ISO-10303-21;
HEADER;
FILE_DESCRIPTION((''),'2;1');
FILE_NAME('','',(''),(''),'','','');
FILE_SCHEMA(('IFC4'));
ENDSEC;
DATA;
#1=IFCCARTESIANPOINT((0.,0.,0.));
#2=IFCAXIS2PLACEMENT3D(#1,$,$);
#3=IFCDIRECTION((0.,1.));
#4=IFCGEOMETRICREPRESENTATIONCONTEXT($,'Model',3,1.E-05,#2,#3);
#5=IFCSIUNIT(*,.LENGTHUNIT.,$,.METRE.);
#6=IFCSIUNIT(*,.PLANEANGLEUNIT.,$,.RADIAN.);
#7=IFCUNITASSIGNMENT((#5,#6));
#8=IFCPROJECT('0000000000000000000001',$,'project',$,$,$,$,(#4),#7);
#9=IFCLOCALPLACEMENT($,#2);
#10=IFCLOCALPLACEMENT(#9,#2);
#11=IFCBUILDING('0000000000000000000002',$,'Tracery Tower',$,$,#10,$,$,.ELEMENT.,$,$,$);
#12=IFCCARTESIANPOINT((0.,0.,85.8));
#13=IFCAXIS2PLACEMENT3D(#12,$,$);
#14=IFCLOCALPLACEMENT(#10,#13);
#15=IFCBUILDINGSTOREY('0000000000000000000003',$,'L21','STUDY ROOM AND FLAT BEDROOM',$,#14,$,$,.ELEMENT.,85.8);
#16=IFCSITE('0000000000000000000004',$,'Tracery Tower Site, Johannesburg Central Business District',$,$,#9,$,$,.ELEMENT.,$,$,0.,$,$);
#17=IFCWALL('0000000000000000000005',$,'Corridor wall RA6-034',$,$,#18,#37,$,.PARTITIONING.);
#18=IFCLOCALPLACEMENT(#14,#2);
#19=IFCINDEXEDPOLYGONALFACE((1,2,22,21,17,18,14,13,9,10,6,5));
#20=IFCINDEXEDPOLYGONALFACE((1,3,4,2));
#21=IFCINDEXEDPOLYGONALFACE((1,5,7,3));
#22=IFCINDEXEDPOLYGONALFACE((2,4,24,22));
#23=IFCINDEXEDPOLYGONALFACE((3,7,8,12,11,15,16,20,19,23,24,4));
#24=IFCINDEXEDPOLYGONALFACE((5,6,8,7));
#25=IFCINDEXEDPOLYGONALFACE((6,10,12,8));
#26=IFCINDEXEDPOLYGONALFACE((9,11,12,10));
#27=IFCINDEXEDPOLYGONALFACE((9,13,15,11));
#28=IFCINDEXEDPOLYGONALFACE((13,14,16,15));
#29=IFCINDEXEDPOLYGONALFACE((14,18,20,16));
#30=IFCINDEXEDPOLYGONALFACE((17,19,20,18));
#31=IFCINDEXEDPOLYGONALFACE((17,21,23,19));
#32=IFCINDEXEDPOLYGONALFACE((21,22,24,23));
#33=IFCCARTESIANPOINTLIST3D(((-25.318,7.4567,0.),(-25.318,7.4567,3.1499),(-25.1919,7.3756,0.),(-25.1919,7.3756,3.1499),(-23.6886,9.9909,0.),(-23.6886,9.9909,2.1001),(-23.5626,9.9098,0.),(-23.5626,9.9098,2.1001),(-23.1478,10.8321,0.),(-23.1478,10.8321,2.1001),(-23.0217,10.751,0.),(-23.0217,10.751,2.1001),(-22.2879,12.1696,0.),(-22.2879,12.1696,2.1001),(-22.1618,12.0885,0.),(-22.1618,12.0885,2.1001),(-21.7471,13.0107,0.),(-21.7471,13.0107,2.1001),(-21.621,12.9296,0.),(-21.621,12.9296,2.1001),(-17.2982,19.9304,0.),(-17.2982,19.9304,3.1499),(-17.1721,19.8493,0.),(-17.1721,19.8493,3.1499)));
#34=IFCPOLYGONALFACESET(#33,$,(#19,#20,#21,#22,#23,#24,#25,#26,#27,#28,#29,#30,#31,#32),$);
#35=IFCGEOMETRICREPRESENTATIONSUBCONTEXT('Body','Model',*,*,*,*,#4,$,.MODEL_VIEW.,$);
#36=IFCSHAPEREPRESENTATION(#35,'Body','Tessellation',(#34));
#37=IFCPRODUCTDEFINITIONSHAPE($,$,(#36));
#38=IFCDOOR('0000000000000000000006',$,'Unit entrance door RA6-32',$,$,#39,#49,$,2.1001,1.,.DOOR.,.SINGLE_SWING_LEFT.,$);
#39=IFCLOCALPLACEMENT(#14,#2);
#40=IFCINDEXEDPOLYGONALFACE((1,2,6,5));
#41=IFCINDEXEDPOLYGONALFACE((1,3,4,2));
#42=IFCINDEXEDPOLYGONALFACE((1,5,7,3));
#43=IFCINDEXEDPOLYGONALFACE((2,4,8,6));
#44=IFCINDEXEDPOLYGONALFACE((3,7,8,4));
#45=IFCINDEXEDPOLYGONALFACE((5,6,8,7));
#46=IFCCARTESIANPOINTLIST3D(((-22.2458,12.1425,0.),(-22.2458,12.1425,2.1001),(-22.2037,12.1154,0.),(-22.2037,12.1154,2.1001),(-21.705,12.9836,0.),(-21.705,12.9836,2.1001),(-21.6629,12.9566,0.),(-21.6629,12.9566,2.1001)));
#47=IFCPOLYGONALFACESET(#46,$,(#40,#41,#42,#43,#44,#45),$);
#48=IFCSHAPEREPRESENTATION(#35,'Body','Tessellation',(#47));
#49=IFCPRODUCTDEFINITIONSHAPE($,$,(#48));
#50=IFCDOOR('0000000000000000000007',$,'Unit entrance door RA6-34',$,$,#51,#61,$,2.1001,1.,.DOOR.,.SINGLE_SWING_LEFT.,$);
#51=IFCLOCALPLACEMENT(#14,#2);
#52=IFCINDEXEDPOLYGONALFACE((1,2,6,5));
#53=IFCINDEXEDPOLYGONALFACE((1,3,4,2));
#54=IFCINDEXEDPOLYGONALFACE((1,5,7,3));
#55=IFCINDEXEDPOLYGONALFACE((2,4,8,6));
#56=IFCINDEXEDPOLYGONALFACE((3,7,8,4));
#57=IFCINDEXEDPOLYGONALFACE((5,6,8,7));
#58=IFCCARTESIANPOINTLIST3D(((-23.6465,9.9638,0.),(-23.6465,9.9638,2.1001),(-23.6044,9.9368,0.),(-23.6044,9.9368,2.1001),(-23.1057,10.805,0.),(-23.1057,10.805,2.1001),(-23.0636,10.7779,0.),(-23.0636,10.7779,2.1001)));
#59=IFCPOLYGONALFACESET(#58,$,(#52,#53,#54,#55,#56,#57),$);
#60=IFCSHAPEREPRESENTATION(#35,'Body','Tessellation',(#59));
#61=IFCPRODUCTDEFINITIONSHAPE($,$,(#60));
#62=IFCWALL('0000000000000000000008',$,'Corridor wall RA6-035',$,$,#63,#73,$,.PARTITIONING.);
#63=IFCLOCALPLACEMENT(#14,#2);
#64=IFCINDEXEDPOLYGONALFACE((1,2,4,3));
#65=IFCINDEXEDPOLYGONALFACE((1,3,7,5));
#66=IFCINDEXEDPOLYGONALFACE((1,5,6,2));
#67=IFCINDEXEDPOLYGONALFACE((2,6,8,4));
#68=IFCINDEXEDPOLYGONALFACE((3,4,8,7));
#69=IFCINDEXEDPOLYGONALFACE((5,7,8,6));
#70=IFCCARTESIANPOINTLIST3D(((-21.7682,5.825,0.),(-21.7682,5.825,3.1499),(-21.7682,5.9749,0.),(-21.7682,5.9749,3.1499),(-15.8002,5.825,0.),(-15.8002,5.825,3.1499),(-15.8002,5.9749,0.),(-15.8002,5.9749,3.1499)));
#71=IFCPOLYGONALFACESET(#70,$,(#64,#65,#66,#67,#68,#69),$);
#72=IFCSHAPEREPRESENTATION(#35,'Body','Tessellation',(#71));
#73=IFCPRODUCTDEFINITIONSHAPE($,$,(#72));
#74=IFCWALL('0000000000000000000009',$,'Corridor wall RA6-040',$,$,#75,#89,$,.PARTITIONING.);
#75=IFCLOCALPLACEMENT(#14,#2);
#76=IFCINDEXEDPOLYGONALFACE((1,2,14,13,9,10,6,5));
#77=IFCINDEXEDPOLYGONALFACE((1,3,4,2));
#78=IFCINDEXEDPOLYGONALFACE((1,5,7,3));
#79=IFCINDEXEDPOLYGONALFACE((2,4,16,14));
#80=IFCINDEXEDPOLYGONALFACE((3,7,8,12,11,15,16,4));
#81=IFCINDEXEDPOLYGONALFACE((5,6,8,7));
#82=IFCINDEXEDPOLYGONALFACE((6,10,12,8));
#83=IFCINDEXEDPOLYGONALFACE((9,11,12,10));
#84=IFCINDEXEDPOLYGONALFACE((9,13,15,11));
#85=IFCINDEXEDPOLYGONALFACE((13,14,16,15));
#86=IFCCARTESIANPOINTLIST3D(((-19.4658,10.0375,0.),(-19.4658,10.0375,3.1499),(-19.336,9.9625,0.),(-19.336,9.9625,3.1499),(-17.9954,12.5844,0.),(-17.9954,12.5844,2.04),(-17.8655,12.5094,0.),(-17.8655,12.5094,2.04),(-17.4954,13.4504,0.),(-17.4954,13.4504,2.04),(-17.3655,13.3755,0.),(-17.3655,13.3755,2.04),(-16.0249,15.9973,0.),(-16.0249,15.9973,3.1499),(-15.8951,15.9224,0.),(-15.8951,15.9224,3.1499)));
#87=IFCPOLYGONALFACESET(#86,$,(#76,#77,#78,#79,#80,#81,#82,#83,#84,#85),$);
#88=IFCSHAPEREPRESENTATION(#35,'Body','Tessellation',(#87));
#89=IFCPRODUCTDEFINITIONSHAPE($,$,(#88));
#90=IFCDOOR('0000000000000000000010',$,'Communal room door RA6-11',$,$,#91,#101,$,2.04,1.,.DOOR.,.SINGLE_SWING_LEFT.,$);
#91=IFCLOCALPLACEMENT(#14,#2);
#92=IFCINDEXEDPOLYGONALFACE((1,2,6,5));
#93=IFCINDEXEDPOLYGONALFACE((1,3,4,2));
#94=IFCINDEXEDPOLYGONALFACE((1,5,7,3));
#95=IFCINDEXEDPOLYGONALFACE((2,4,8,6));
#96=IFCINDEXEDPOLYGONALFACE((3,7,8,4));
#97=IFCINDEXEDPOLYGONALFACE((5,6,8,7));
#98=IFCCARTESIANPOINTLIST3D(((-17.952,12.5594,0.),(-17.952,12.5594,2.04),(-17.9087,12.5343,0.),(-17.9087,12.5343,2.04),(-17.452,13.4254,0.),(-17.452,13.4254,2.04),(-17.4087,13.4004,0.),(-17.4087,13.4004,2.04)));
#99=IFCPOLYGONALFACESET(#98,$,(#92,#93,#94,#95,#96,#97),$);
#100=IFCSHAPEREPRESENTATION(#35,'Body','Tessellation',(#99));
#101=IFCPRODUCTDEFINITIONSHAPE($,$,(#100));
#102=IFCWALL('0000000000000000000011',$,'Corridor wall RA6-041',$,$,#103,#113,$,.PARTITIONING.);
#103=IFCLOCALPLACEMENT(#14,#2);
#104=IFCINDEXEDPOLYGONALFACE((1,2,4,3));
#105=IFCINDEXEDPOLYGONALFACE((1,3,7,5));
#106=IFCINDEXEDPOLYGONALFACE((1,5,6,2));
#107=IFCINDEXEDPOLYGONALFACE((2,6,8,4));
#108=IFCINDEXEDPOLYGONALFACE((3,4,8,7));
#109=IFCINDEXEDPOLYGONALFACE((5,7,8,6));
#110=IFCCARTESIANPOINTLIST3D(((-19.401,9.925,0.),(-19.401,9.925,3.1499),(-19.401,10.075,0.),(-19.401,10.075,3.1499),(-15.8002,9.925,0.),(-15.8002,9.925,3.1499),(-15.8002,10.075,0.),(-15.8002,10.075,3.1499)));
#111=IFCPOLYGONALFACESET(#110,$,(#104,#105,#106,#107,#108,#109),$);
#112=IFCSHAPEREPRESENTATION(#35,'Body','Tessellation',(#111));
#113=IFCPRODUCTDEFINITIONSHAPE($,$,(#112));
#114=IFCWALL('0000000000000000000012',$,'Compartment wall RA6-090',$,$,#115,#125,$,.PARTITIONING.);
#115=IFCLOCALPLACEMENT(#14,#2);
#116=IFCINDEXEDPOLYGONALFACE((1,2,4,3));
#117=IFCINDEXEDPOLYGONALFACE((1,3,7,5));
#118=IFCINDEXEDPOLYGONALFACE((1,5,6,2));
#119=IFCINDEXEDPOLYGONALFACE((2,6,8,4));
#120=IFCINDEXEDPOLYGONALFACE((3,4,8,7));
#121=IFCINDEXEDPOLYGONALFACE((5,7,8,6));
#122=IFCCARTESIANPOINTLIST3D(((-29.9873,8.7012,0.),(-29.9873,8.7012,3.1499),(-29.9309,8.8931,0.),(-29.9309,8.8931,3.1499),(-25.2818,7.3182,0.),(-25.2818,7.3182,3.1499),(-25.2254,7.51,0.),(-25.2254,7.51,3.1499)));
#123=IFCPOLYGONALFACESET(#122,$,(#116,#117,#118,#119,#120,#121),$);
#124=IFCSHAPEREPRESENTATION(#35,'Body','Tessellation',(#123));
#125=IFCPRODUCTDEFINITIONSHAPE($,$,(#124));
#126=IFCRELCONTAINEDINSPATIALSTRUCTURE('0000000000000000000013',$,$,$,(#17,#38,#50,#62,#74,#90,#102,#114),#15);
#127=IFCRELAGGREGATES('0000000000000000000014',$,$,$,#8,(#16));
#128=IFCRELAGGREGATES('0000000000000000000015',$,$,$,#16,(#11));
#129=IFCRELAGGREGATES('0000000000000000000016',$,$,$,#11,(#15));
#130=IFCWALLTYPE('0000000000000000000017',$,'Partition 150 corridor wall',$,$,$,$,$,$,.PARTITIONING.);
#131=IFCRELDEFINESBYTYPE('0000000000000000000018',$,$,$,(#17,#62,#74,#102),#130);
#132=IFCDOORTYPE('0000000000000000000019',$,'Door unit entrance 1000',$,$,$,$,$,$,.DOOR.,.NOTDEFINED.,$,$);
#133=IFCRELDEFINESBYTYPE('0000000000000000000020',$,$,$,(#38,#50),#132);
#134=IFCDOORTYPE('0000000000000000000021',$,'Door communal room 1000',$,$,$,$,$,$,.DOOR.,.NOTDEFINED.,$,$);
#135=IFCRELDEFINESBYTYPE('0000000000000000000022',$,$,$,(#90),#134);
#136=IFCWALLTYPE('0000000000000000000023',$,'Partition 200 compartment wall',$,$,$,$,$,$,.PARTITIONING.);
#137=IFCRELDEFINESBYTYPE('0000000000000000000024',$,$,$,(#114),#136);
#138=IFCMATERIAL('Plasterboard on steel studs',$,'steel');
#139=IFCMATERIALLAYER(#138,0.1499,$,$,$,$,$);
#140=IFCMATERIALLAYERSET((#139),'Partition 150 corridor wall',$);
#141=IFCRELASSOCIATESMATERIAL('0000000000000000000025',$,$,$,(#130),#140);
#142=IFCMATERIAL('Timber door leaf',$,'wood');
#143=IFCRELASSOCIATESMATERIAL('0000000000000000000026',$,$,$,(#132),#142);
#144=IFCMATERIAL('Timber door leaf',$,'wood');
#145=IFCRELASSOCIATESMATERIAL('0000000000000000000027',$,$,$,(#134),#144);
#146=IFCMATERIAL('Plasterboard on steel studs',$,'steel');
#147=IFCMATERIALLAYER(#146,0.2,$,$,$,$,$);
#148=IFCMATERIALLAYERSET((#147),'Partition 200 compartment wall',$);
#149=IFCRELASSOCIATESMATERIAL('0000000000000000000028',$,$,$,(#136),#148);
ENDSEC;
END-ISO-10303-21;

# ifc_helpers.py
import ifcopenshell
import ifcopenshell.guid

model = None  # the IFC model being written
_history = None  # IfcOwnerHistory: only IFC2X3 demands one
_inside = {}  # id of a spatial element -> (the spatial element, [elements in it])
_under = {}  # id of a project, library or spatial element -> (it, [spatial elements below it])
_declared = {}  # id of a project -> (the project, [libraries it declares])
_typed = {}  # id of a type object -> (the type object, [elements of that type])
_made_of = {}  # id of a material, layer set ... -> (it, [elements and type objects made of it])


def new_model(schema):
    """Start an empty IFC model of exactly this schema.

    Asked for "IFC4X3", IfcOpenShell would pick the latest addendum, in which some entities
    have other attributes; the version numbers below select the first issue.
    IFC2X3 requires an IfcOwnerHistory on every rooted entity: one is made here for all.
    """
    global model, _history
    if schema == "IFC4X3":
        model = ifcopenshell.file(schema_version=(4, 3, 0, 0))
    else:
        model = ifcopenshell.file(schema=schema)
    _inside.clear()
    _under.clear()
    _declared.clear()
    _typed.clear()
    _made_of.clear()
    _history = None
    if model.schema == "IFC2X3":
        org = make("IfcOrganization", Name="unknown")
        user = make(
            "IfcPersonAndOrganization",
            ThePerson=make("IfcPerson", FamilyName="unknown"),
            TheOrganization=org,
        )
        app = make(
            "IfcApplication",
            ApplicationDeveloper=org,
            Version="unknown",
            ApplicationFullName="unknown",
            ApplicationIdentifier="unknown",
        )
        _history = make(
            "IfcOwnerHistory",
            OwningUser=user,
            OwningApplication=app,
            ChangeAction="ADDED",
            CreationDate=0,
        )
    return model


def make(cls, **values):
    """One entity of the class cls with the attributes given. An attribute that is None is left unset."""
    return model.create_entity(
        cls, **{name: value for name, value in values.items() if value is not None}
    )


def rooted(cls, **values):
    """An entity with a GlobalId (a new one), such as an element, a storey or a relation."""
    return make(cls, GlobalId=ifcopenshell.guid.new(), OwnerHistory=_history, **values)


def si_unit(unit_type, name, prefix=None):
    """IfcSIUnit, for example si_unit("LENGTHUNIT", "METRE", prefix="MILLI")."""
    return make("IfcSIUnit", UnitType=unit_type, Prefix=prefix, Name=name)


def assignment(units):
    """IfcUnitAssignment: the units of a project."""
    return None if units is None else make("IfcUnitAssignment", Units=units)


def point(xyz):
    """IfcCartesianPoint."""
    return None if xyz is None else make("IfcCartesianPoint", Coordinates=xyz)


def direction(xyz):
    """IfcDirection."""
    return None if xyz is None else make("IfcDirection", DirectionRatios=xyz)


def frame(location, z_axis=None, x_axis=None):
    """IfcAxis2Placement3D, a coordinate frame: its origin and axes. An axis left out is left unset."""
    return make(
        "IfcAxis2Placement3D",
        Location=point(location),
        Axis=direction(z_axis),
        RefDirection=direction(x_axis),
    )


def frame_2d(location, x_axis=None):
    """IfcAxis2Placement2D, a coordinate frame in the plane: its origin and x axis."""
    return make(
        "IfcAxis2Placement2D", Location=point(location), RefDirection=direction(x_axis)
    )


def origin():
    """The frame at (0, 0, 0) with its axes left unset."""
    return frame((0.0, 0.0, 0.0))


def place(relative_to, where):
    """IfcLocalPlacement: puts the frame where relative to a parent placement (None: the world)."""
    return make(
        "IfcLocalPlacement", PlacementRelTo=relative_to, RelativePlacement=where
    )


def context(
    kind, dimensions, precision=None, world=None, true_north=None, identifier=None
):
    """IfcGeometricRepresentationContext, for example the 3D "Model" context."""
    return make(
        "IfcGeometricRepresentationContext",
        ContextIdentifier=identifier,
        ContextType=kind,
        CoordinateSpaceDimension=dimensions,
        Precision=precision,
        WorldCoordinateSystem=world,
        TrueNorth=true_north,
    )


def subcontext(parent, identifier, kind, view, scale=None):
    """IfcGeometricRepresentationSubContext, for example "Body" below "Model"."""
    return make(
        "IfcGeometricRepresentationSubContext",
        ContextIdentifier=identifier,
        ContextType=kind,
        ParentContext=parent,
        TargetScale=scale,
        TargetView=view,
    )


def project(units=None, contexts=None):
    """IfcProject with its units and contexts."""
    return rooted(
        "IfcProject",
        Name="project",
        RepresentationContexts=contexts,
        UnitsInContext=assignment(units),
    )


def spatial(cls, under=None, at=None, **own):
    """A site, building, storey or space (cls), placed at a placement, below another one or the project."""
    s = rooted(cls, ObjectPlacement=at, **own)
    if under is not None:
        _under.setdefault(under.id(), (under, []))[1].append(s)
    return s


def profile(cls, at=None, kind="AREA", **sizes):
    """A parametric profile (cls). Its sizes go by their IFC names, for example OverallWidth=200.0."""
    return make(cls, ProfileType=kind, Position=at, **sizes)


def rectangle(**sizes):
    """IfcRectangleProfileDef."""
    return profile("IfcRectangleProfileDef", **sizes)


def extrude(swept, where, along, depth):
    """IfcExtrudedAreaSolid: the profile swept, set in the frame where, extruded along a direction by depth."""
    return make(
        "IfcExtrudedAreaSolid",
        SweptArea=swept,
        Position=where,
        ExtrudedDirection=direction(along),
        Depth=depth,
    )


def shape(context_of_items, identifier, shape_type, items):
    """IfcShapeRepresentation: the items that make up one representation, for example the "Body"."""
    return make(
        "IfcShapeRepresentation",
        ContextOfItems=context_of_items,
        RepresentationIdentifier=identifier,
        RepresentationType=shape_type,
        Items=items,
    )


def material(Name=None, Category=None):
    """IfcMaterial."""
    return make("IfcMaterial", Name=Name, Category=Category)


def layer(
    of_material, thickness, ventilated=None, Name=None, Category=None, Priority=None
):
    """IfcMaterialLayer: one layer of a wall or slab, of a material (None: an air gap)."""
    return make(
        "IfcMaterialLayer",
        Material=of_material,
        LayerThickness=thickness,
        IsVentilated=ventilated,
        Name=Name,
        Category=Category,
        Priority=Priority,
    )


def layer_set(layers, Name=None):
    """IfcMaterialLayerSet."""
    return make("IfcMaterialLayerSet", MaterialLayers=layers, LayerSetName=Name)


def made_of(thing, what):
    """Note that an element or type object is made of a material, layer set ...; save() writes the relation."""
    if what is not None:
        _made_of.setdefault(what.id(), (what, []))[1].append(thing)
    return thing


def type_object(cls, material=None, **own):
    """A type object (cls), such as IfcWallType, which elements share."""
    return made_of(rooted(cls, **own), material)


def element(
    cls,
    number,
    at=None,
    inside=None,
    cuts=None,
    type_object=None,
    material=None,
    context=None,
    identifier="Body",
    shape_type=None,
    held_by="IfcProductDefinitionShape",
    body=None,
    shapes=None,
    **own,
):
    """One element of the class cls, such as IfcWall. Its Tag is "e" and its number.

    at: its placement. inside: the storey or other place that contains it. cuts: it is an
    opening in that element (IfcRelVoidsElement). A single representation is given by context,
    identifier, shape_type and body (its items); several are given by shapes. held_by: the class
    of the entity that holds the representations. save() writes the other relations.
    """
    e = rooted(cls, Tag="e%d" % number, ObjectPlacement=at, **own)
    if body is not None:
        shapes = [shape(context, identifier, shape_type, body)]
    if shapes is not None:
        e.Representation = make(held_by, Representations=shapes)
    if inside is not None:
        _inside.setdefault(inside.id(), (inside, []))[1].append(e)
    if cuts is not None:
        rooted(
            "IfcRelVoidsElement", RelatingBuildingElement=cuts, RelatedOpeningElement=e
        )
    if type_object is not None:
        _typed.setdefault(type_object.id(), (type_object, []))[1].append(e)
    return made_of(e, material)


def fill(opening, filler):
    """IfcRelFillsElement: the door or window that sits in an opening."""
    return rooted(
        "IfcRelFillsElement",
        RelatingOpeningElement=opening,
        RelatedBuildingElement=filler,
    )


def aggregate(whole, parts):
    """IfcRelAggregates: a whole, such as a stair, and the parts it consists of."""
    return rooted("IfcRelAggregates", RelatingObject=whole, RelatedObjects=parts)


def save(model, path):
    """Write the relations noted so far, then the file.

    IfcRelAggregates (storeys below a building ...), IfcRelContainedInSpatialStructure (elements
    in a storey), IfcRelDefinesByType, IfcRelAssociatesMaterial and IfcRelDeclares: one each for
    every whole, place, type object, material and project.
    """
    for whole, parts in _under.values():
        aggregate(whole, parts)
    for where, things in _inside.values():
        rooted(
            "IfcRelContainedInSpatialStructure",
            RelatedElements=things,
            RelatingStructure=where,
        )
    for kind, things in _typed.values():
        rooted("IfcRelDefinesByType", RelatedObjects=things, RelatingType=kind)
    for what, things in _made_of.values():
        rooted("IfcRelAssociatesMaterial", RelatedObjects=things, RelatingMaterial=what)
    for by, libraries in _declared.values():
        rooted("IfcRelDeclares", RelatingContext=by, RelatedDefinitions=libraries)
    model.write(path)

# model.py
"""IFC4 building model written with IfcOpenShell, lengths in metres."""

from ifc_helpers import new_model, si_unit, direction, frame, frame_2d, origin, place, context, subcontext, project, spatial, rectangle, extrude, material, layer, layer_set, type_object, element, fill, save


model = new_model("IFC4")

# Units and contexts
model_context = context("Model", 3, precision=1e-05, world=origin(), true_north=direction((0.0, 1.0)))
body_context = subcontext(model_context, "Body", "Model", "MODEL_VIEW")
ifc_project = project(units=[si_unit("LENGTHUNIT", "METRE"), si_unit("PLANEANGLEUNIT", "RADIAN")], contexts=[model_context])

# Site, building, storey
site_placement = place(None, origin())
site = spatial("IfcSite", under=ifc_project, at=site_placement, Name="Tracery Tower Site, Johannesburg Central Business District", CompositionType="ELEMENT", RefElevation=0.0)
building_placement = place(site_placement, origin())
building = spatial("IfcBuilding", under=site, at=building_placement, Name="Tracery Tower", CompositionType="ELEMENT")
storey_placement = place(building_placement, frame((0.0, 0.0, 85.8)))
storey = spatial("IfcBuildingStorey", under=building, at=storey_placement, Name="L21", Description="STUDY ROOM AND FLAT BEDROOM", CompositionType="ELEMENT", Elevation=85.8)

# Shared definitions
ifc_material_1 = material(Name="Plasterboard on steel studs", Category="steel")
ifc_layer_1 = layer(ifc_material_1, 0.1499)
ifc_layer_set_1 = layer_set([ifc_layer_1], Name="Partition 150 corridor wall")
wall_type_1 = type_object("IfcWallType", Name="Partition 150 corridor wall", PredefinedType="PARTITIONING", material=ifc_layer_set_1)

# Wall, openings, doors
wall_1_placement = place(storey_placement, frame((-25.2549, 7.4163, 0.0), z_axis=(0.0, 0.0, 1.0), x_axis=(0.540806, 0.841147, 0.0)))
wall_1 = element("IfcWall", 1, at=wall_1_placement, inside=storey, type_object=wall_type_1, Name="Corridor wall RA6-034", PredefinedType="PARTITIONING", context=body_context, shape_type="SweptSolid", body=[
    extrude(rectangle(XDim=14.8293, YDim=0.1499, at=frame_2d((7.4146, 0.0))), origin(), (0.0, 0.0, 1.0), 3.1499),
])
opening_1_placement = place(wall_1_placement, frame((5.6028, 0.0, 0.0)))
opening_1 = element("IfcOpeningElement", 2, at=opening_1_placement, cuts=wall_1, PredefinedType="OPENING", context=body_context, shape_type="SweptSolid", body=[
    extrude(rectangle(XDim=1.0, YDim=2.1001, at=frame_2d((0.5, 1.05))), frame((0.0, 0.075, 0.0), z_axis=(0.0, -1.0, 0.0), x_axis=(1.0, 0.0, 0.0)), (0.0, 0.0, 1.0), 0.1499),
])
opening_2_placement = place(wall_1_placement, frame((3.0127, 0.0, 0.0)))
opening_2 = element("IfcOpeningElement", 3, at=opening_2_placement, cuts=wall_1, PredefinedType="OPENING", context=body_context, shape_type="SweptSolid", body=[
    extrude(rectangle(XDim=1.0, YDim=2.1001, at=frame_2d((0.5, 1.05))), frame((0.0, 0.075, 0.0), z_axis=(0.0, -1.0, 0.0), x_axis=(1.0, 0.0, 0.0)), (0.0, 0.0, 1.0), 0.1499),
])
ifc_material_2 = material(Name="Timber door leaf", Category="wood")
door_type_1 = type_object("IfcDoorType", Name="Door unit entrance 1000", OperationType="NOTDEFINED", PredefinedType="DOOR", material=ifc_material_2)
door_1_placement = place(opening_1_placement, origin())
door_1 = element("IfcDoor", 4, at=door_1_placement, inside=storey, type_object=door_type_1, Name="Unit entrance door RA6-32", OperationType="SINGLE_SWING_LEFT", OverallHeight=2.1001, OverallWidth=1.0, PredefinedType="DOOR", context=body_context, shape_type="SweptSolid", body=[
    extrude(rectangle(XDim=1.0, YDim=2.1001, at=frame_2d((0.5, 1.05))), frame((0.0, 0.0249, 0.0), z_axis=(0.0, -1.0, 0.0), x_axis=(1.0, 0.0, 0.0)), (0.0, 0.0, 1.0), 0.05),
])
fill(opening_1, door_1)
door_2_placement = place(opening_2_placement, origin())
door_2 = element("IfcDoor", 5, at=door_2_placement, inside=storey, type_object=door_type_1, Name="Unit entrance door RA6-34", OperationType="SINGLE_SWING_LEFT", OverallHeight=2.1001, OverallWidth=1.0, PredefinedType="DOOR", context=body_context, shape_type="SweptSolid", body=[
    extrude(rectangle(XDim=1.0, YDim=2.1001, at=frame_2d((0.5, 1.05))), frame((0.0, 0.0249, 0.0), z_axis=(0.0, -1.0, 0.0), x_axis=(1.0, 0.0, 0.0)), (0.0, 0.0, 1.0), 0.05),
])
fill(opening_2, door_2)

# Wall
wall_2_placement = place(storey_placement, frame((-21.7681, 5.8999, 0.0), z_axis=(0.0, 0.0, 1.0), x_axis=(1.0, 0.0, 0.0)))
element("IfcWall", 6, at=wall_2_placement, inside=storey, type_object=wall_type_1, Name="Corridor wall RA6-035", PredefinedType="PARTITIONING", context=body_context, shape_type="SweptSolid", body=[
    extrude(rectangle(XDim=5.968, YDim=0.1499, at=frame_2d((2.9839, 0.0))), origin(), (0.0, 0.0, 1.0), 3.1499),
])

# Wall, opening, door
wall_3_placement = place(storey_placement, frame((-19.4009, 10.0, 0.0), z_axis=(0.0, 0.0, 1.0), x_axis=(0.499993, 0.86603, 0.0)))
wall_3 = element("IfcWall", 7, at=wall_3_placement, inside=storey, type_object=wall_type_1, Name="Corridor wall RA6-040", PredefinedType="PARTITIONING", context=body_context, shape_type="SweptSolid", body=[
    extrude(rectangle(XDim=6.8818, YDim=0.1499, at=frame_2d((3.4409, 0.0))), origin(), (0.0, 0.0, 1.0), 3.1499),
])
opening_3_placement = place(wall_3_placement, frame((2.9409, 0.0, 0.0)))
opening_3 = element("IfcOpeningElement", 8, at=opening_3_placement, cuts=wall_3, PredefinedType="OPENING", context=body_context, shape_type="SweptSolid", body=[
    extrude(rectangle(XDim=1.0, YDim=2.04, at=frame_2d((0.5, 1.02))), frame((0.0, 0.075, 0.0), z_axis=(0.0, -1.0, 0.0), x_axis=(1.0, 0.0, 0.0)), (0.0, 0.0, 1.0), 0.1499),
])
ifc_material_3 = material(Name="Timber door leaf", Category="wood")
door_type_2 = type_object("IfcDoorType", Name="Door communal room 1000", OperationType="NOTDEFINED", PredefinedType="DOOR", material=ifc_material_3)
door_3_placement = place(opening_3_placement, origin())
door_3 = element("IfcDoor", 9, at=door_3_placement, inside=storey, type_object=door_type_2, Name="Communal room door RA6-11", OperationType="SINGLE_SWING_LEFT", OverallHeight=2.04, OverallWidth=1.0, PredefinedType="DOOR", context=body_context, shape_type="SweptSolid", body=[
    extrude(rectangle(XDim=1.0, YDim=2.04, at=frame_2d((0.5, 1.02))), frame((0.0, 0.0249, 0.0), z_axis=(0.0, -1.0, 0.0), x_axis=(1.0, 0.0, 0.0)), (0.0, 0.0, 1.0), 0.05),
])
fill(opening_3, door_3)

# Walls
wall_4_placement = place(storey_placement, frame((-19.4009, 10.0, 0.0), z_axis=(0.0, 0.0, 1.0), x_axis=(1.0, 0.0, 0.0)))
element("IfcWall", 10, at=wall_4_placement, inside=storey, type_object=wall_type_1, Name="Corridor wall RA6-041", PredefinedType="PARTITIONING", context=body_context, shape_type="SweptSolid", body=[
    extrude(rectangle(XDim=3.6008, YDim=0.1499, at=frame_2d((1.8003, 0.0))), origin(), (0.0, 0.0, 1.0), 3.1499),
])
ifc_material_4 = material(Name="Plasterboard on steel studs", Category="steel")
ifc_layer_2 = layer(ifc_material_4, 0.2)
ifc_layer_set_2 = layer_set([ifc_layer_2], Name="Partition 200 compartment wall")
wall_type_2 = type_object("IfcWallType", Name="Partition 200 compartment wall", PredefinedType="PARTITIONING", material=ifc_layer_set_2)
wall_5_placement = place(storey_placement, frame((-29.959, 8.7971, 0.0), z_axis=(0.0, 0.0, 1.0), x_axis=(0.959417, -0.281991, 0.0)))
element("IfcWall", 11, at=wall_5_placement, inside=storey, type_object=wall_type_2, Name="Compartment wall RA6-090", PredefinedType="PARTITIONING", context=body_context, shape_type="SweptSolid", body=[
    extrude(rectangle(XDim=4.9045, YDim=0.2, at=frame_2d((2.4521, 0.0))), origin(), (0.0, 0.0, 1.0), 3.1499),
])

save(model, "model.ifc")
